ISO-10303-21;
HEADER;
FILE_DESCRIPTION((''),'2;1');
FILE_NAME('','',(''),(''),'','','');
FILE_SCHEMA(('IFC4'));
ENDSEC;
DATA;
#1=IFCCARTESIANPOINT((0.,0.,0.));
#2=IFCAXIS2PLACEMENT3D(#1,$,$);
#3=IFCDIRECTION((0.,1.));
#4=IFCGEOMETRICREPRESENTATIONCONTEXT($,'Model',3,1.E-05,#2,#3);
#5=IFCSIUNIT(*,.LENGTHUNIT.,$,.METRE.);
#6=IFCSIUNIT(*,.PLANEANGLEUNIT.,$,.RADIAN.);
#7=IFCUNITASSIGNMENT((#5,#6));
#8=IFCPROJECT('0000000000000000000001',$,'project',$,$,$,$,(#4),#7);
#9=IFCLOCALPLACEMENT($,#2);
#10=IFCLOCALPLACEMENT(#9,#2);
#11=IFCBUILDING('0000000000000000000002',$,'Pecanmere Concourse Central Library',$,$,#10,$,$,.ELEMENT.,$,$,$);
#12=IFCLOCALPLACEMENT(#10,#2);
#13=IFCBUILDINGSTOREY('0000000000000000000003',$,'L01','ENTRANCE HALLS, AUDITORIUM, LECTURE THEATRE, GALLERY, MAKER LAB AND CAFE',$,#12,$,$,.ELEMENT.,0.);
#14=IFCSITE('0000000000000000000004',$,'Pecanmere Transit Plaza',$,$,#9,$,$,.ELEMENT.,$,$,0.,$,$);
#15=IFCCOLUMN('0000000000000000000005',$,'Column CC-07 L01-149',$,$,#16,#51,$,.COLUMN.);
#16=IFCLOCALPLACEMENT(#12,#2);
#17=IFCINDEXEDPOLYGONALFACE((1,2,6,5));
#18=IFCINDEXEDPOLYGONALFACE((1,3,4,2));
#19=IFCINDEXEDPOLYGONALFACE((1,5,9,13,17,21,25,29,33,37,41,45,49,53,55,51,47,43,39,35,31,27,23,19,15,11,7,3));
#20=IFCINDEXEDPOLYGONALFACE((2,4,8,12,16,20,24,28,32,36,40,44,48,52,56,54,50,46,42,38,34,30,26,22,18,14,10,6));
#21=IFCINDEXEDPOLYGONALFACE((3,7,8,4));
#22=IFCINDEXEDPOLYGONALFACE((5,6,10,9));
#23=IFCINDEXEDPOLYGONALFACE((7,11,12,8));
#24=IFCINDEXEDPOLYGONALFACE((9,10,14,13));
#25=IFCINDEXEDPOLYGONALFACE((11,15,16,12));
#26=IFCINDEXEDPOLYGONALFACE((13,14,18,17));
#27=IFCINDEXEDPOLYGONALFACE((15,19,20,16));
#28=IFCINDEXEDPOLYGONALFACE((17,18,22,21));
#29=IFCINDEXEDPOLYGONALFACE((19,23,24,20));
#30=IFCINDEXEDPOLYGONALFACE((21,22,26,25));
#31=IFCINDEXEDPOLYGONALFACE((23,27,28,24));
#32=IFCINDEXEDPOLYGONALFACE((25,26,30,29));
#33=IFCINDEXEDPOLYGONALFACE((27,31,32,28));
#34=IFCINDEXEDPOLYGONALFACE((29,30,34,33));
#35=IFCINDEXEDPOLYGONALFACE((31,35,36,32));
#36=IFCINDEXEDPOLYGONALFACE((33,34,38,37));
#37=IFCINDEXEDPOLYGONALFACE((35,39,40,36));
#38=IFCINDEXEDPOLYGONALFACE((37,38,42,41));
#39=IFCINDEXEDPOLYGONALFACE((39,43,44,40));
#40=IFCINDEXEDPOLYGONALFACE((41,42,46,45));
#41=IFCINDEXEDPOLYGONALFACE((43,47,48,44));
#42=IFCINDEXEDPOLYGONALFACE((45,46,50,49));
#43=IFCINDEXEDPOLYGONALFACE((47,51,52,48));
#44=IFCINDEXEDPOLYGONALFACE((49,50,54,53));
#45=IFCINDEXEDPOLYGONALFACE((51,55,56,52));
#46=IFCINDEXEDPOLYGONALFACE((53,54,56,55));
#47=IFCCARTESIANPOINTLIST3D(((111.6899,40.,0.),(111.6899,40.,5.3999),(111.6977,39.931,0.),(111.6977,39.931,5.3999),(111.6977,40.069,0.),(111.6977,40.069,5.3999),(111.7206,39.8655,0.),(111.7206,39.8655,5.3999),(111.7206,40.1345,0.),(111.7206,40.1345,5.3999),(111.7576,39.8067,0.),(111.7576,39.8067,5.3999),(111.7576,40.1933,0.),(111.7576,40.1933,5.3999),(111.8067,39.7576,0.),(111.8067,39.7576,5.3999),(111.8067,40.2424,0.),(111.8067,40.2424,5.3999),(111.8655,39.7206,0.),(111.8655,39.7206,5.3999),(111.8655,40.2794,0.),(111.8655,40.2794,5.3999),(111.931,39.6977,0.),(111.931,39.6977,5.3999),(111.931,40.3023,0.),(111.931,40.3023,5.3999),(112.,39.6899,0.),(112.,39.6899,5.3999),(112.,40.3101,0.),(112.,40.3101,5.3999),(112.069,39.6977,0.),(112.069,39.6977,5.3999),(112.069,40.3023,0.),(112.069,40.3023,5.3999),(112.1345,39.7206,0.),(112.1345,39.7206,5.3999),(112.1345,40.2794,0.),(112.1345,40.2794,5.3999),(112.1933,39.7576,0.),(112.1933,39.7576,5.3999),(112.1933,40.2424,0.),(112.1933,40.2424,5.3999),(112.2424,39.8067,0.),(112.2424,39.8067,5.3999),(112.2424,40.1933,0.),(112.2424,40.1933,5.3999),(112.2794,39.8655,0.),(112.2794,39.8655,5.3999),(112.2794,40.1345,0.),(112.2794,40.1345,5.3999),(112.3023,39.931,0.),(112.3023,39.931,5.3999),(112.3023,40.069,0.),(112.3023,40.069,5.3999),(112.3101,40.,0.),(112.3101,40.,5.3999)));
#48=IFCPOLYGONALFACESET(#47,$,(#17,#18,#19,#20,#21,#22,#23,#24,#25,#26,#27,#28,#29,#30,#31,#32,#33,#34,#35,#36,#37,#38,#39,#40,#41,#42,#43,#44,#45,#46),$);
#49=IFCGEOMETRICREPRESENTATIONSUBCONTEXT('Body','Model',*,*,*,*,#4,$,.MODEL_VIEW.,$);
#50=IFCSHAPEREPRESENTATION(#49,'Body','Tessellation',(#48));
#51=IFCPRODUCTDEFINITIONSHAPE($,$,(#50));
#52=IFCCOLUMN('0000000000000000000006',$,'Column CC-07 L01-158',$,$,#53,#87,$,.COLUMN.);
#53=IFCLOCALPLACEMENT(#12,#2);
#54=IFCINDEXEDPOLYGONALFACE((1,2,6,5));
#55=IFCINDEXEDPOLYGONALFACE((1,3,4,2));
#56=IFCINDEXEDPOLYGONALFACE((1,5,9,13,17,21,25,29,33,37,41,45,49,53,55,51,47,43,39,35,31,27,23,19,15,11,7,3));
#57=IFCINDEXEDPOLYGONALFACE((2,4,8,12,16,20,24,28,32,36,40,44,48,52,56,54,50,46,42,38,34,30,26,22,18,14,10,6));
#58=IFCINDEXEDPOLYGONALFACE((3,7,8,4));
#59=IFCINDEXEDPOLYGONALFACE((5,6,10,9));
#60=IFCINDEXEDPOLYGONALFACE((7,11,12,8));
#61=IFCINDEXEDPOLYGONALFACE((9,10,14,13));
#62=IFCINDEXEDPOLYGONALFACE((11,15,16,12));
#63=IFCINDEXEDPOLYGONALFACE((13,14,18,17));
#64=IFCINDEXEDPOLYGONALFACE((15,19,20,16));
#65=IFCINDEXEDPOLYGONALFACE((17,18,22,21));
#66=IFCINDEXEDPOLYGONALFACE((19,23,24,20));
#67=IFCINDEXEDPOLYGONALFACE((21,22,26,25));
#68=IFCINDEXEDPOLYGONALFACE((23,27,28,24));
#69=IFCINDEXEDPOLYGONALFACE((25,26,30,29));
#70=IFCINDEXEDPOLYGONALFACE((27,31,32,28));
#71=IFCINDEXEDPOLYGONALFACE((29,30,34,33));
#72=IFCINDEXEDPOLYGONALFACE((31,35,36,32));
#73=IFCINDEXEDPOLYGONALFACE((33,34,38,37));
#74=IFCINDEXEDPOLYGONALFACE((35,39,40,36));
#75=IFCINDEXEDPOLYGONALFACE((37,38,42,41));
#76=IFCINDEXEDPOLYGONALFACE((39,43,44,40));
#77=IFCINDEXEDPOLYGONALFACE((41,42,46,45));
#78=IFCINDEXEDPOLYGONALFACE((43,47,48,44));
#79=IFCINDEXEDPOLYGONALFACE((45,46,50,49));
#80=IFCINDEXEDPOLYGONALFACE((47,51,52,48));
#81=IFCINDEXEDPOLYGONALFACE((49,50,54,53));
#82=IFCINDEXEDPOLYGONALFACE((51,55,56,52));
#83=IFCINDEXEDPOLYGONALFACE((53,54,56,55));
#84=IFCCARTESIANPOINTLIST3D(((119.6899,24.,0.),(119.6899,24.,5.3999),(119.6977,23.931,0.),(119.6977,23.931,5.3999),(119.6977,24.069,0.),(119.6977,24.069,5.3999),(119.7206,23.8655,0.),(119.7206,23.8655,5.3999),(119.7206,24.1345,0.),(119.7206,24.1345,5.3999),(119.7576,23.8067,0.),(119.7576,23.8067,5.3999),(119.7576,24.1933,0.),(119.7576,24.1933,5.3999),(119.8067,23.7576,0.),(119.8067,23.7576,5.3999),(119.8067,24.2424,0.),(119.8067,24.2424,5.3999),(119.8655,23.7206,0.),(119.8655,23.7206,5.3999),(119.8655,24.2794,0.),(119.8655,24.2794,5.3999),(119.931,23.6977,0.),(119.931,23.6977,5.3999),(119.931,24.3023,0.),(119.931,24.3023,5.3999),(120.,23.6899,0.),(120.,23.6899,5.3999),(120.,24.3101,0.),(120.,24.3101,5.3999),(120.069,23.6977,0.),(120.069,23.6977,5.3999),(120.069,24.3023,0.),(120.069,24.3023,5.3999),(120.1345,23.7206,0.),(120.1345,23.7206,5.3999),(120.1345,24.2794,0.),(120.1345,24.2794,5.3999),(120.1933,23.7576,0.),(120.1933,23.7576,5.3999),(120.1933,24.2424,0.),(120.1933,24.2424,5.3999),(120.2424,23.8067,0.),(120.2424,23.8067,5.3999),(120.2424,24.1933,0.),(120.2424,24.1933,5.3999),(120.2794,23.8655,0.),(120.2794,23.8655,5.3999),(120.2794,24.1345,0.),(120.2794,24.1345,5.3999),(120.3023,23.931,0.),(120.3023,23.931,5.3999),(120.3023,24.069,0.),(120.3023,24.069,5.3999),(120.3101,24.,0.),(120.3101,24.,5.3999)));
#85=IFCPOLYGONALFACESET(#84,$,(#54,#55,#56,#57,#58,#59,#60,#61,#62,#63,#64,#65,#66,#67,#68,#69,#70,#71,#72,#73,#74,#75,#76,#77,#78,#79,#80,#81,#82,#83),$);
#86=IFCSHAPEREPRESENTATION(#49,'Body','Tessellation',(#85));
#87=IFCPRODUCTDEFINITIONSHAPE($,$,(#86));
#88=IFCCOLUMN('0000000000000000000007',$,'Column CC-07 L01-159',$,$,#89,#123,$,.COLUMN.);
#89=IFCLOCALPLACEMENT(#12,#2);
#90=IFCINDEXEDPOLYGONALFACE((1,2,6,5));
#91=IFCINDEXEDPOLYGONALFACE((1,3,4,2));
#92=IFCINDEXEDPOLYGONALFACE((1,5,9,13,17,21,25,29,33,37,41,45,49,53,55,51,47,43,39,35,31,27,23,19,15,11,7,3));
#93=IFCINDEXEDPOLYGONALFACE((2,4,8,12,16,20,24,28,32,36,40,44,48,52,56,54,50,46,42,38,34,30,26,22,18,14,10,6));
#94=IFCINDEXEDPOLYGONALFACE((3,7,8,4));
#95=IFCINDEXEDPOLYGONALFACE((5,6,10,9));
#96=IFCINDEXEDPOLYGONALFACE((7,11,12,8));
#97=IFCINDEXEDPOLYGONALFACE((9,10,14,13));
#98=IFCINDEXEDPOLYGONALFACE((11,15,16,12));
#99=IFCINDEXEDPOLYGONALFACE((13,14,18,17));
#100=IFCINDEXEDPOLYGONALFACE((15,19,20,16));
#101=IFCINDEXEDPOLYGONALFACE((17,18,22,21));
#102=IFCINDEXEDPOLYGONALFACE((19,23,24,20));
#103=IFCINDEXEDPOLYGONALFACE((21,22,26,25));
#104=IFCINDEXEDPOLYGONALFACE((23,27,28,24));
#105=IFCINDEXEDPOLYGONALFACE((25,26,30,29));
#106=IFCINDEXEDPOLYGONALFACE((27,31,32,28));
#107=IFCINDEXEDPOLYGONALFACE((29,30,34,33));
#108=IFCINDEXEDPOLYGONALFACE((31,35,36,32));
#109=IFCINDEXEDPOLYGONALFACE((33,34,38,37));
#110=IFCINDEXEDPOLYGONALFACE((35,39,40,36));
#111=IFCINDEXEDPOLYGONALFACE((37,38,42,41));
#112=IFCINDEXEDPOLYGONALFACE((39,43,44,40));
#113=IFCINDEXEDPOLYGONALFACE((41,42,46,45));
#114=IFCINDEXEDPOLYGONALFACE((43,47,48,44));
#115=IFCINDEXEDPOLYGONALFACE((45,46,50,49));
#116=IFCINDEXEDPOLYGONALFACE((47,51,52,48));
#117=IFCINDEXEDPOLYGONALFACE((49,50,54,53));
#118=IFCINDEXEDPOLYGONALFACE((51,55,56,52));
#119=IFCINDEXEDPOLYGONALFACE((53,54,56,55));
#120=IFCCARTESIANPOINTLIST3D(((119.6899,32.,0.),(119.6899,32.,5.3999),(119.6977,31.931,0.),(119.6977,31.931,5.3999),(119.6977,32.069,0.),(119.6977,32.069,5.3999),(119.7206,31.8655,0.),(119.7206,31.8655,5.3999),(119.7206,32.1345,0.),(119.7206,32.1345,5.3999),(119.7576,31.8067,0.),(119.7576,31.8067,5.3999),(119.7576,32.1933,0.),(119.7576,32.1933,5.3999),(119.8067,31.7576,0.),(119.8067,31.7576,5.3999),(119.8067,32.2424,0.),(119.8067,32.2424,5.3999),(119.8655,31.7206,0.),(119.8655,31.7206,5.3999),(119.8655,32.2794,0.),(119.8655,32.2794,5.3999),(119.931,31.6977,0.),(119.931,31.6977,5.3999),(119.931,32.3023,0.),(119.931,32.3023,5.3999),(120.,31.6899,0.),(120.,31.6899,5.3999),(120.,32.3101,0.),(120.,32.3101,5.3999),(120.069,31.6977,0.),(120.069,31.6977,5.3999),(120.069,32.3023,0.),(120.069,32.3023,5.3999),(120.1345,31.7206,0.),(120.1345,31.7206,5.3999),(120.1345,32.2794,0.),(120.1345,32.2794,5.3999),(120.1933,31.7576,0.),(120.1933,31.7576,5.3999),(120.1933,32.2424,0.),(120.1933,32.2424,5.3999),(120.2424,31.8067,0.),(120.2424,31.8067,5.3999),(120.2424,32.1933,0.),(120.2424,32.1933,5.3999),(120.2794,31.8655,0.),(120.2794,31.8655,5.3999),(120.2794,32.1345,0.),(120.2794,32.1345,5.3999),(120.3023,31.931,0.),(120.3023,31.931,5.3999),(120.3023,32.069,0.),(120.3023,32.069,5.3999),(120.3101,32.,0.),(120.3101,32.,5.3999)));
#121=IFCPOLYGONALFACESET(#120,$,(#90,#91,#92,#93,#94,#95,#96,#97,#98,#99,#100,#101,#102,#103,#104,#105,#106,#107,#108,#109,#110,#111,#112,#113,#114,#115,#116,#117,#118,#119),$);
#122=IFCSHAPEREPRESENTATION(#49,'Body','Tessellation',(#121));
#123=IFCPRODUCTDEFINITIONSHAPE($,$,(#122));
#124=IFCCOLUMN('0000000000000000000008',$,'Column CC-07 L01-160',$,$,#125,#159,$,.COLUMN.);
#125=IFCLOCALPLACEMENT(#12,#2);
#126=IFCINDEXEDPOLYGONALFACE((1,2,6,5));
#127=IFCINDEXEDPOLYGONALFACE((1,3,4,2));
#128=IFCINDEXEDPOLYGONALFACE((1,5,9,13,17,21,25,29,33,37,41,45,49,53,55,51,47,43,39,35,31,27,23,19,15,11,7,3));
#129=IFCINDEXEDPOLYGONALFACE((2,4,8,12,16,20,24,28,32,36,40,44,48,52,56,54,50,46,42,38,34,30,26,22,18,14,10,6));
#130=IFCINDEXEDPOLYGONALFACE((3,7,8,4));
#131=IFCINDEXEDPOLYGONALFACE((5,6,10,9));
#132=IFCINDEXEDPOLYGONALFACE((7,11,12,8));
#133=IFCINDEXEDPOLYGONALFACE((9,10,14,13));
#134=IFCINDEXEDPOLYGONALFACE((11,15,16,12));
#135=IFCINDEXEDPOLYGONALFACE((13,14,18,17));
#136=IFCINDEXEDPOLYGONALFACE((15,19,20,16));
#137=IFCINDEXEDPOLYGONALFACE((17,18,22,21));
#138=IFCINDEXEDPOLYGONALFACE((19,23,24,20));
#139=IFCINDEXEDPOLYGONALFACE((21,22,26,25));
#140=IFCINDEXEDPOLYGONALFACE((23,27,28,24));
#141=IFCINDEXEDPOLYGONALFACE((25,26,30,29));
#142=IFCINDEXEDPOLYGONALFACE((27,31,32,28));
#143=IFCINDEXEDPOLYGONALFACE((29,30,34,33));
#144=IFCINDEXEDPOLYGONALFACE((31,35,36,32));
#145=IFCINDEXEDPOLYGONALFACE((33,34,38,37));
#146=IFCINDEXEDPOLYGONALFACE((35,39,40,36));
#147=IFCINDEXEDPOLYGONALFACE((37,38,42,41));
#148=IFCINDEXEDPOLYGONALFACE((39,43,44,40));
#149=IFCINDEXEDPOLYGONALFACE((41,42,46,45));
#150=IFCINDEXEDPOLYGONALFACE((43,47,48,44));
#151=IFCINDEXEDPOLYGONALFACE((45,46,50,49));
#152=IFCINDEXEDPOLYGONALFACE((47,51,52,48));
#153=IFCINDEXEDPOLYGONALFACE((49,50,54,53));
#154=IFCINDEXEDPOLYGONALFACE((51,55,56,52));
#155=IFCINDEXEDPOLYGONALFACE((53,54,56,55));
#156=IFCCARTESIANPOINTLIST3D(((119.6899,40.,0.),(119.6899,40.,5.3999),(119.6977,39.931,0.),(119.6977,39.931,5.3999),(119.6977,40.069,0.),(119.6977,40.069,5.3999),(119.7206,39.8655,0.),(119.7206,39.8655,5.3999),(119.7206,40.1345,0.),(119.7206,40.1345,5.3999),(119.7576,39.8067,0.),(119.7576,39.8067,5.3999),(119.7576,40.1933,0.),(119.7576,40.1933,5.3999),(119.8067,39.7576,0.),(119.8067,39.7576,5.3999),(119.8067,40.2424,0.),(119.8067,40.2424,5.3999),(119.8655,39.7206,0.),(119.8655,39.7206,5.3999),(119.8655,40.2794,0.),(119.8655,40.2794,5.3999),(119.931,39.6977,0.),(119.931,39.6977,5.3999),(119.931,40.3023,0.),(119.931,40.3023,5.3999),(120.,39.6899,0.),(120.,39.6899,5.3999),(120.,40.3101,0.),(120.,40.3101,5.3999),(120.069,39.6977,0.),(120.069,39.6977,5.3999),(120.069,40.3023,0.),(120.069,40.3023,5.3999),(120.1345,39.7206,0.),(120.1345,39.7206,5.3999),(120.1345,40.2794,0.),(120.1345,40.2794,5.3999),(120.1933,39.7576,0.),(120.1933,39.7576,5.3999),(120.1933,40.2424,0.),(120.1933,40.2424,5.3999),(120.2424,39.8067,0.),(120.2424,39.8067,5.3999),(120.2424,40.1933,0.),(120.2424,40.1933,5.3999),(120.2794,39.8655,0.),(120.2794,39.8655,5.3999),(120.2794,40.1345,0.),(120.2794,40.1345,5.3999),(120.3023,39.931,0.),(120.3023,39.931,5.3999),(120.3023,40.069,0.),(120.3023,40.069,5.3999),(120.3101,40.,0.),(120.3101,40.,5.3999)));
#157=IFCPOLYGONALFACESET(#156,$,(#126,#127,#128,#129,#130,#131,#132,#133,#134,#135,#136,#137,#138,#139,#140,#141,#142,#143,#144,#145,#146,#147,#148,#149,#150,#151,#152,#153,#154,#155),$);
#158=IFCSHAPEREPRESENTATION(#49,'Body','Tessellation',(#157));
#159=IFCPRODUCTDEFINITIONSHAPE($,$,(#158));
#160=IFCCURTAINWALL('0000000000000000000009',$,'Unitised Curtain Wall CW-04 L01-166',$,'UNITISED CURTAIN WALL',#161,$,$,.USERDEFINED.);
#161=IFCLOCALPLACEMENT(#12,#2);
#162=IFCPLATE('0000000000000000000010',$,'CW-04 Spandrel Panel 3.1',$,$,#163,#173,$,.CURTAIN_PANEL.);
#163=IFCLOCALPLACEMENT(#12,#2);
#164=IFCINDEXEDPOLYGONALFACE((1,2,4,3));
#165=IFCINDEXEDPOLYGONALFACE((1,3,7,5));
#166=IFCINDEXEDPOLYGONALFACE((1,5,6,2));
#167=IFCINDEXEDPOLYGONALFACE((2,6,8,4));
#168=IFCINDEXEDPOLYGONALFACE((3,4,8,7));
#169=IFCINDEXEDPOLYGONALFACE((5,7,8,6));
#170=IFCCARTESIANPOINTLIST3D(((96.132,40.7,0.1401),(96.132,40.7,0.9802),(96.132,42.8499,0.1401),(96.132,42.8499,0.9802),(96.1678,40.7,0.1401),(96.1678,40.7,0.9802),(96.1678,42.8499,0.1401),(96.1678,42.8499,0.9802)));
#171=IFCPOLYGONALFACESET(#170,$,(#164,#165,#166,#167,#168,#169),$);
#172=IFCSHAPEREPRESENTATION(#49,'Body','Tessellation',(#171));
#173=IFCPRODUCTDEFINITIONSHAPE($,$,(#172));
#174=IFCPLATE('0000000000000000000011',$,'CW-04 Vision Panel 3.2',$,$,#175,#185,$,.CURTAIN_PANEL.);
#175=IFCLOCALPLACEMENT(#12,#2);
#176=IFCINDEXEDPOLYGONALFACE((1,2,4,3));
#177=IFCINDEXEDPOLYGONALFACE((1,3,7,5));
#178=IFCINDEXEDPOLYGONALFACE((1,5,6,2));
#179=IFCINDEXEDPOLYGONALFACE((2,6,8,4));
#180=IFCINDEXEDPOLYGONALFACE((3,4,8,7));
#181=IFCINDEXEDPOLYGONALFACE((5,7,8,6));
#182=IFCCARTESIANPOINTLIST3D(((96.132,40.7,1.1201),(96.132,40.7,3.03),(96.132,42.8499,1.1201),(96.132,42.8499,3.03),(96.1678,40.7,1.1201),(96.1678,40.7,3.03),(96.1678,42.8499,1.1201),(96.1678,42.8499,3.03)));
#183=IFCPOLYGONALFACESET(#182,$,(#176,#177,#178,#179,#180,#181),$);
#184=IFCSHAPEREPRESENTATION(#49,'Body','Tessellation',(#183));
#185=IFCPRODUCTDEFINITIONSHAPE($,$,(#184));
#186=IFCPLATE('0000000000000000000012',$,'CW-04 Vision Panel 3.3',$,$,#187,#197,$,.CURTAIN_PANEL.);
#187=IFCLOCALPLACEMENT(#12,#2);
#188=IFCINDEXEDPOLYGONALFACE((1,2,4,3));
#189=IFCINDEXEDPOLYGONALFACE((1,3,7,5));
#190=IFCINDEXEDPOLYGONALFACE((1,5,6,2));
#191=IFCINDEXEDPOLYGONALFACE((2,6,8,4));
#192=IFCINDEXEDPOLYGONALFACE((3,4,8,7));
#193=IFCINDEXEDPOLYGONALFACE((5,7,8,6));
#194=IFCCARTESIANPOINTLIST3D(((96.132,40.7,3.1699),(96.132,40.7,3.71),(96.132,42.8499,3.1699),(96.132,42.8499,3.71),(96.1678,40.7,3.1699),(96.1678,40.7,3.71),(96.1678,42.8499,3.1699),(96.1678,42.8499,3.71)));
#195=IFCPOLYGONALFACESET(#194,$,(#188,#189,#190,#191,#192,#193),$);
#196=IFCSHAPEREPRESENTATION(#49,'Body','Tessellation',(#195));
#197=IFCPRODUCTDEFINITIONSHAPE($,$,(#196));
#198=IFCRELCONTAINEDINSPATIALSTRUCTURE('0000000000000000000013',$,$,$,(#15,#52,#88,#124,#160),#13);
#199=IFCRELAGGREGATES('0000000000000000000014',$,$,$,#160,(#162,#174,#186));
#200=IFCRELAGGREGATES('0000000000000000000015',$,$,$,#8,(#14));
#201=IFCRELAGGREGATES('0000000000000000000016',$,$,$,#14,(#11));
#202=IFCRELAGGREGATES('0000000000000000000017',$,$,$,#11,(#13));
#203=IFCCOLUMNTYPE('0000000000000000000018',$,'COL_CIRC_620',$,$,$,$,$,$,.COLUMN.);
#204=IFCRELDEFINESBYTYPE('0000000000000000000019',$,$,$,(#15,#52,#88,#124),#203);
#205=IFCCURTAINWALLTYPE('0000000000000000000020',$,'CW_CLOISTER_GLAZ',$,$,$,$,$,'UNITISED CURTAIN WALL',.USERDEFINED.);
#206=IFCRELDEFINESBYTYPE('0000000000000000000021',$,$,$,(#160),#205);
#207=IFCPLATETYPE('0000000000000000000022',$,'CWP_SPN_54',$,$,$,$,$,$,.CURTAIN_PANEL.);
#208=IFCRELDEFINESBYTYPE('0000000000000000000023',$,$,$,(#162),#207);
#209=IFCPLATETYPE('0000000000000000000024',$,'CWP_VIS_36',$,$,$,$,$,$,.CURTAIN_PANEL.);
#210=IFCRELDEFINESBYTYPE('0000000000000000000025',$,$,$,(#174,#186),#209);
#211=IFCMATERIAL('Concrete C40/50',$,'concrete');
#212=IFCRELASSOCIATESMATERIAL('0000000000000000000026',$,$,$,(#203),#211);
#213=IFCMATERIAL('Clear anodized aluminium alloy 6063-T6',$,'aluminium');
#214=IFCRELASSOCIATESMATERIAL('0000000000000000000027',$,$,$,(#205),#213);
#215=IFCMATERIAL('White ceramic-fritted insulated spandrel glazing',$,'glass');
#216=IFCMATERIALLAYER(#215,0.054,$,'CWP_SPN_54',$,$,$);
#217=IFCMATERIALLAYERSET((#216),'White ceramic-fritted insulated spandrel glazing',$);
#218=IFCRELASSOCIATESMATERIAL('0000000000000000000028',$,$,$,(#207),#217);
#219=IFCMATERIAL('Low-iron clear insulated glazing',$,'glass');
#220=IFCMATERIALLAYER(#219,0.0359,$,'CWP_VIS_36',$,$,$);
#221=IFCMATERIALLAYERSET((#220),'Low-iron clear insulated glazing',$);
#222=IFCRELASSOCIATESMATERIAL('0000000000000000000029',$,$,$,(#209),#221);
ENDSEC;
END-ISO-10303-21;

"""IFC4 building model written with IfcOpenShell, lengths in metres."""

from ifc_helpers import new_model, si_unit, direction, frame, origin, origin_2d, place, context, subcontext, project, spatial, rectangle, circle, extrude, material, layer, layer_set, material_profile, profile_set, type_object, element, aggregate, save


model = new_model("IFC4")

# Units and contexts
model_context = context("Model", 3, precision=1e-05, world=origin(), true_north=direction((0.0, 1.0)))
body_context = subcontext(model_context, "Body", "Model", "MODEL_VIEW")
ifc_project = project(units=[si_unit("LENGTHUNIT", "METRE"), si_unit("PLANEANGLEUNIT", "RADIAN")], contexts=[model_context])

# Site, building, storey
site_placement = place(None, origin())
site = spatial("IfcSite", under=ifc_project, at=site_placement, Name="Pecanmere Transit Plaza", CompositionType="ELEMENT", RefElevation=0.0)
building_placement = place(site_placement, origin())
building = spatial("IfcBuilding", under=site, at=building_placement, Name="Pecanmere Concourse Central Library", CompositionType="ELEMENT")
storey_placement = place(building_placement, origin())
storey = spatial("IfcBuildingStorey", under=building, at=storey_placement, Name="L01", Description="ENTRANCE HALLS, AUDITORIUM, LECTURE THEATRE, GALLERY, MAKER LAB AND CAFE", CompositionType="ELEMENT", Elevation=0.0)

# Columns
ifc_material_1 = material(Name="Concrete C40/50", Category="concrete")
ifc_material_profile = material_profile(ifc_material_1, circle(Radius=0.3101, at=origin_2d()), Name="RC D620")
ifc_profile_set = profile_set([ifc_material_profile], Name="Concrete C40/50")
column_type = type_object("IfcColumnType", Name="COL_CIRC_620", PredefinedType="COLUMN", material=ifc_profile_set)
for number, where, z_axis, x_axis, name in (
    (1, (112.0, 40.0, 0.0), (0.0, 0.0, 1.0), (1.0, 0.0, 0.0), "Column CC-07 L01-149"),
    (2, (120.0, 24.0, 0.0), (0.0, 0.0, 1.0), (1.0, 0.0, 0.0), "Column CC-07 L01-158"),
    (3, (120.0, 32.0, 0.0), (0.0, 0.0, 1.0), (1.0, 0.0, 0.0), "Column CC-07 L01-159"),
    (4, (120.0, 40.0, 0.0), (0.0, 0.0, 1.0), (1.0, 0.0, 0.0), "Column CC-07 L01-160"),
):
    element("IfcColumn", number, at=place(storey_placement, frame(where, z_axis=z_axis, x_axis=x_axis)), inside=storey, type_object=column_type, Name=name, PredefinedType="COLUMN", context=body_context, shape_type="SweptSolid", body=[
        extrude(circle(Radius=0.3101, at=origin_2d()), origin(), (0.0, 0.0, 1.0), 5.3999),
    ])

# Curtain wall, plates
ifc_material_2 = material(Name="Clear anodized aluminium alloy 6063-T6", Category="aluminium")
curtain_wall_type = type_object("IfcCurtainWallType", Name="CW_CLOISTER_GLAZ", ElementType="UNITISED CURTAIN WALL", PredefinedType="USERDEFINED", material=ifc_material_2)
curtain_wall_placement = place(storey_placement, origin())
curtain_wall = element("IfcCurtainWall", 5, at=curtain_wall_placement, inside=storey, type_object=curtain_wall_type, Name="Unitised Curtain Wall CW-04 L01-166", ObjectType="UNITISED CURTAIN WALL", PredefinedType="USERDEFINED")
ifc_material_3 = material(Name="White ceramic-fritted insulated spandrel glazing", Category="glass")
ifc_layer_1 = layer(ifc_material_3, 0.054, Name="CWP_SPN_54")
ifc_layer_set_1 = layer_set([ifc_layer_1], Name="White ceramic-fritted insulated spandrel glazing")
plate_type_1 = type_object("IfcPlateType", Name="CWP_SPN_54", PredefinedType="CURTAIN_PANEL", material=ifc_layer_set_1)
plate_1_placement = place(storey_placement, frame((96.1499, 41.7749, 0.1401), z_axis=(0.0, 0.0, 1.0), x_axis=(0.0, -1.0, 0.0)))
plate_1 = element("IfcPlate", 6, at=plate_1_placement, type_object=plate_type_1, Name="CW-04 Spandrel Panel 3.1", PredefinedType="CURTAIN_PANEL", context=body_context, shape_type="SweptSolid", body=[
    extrude(rectangle(XDim=2.1499, YDim=0.0359, at=origin_2d()), origin(), (0.0, 0.0, 1.0), 0.8401),
])
ifc_material_4 = material(Name="Low-iron clear insulated glazing", Category="glass")
ifc_layer_2 = layer(ifc_material_4, 0.0359, Name="CWP_VIS_36")
ifc_layer_set_2 = layer_set([ifc_layer_2], Name="Low-iron clear insulated glazing")
plate_type_2 = type_object("IfcPlateType", Name="CWP_VIS_36", PredefinedType="CURTAIN_PANEL", material=ifc_layer_set_2)
plate_2_placement = place(storey_placement, frame((96.1499, 41.7749, 1.1201), z_axis=(0.0, 0.0, 1.0), x_axis=(0.0, -1.0, 0.0)))
plate_2 = element("IfcPlate", 7, at=plate_2_placement, type_object=plate_type_2, Name="CW-04 Vision Panel 3.2", PredefinedType="CURTAIN_PANEL", context=body_context, shape_type="SweptSolid", body=[
    extrude(rectangle(XDim=2.1499, YDim=0.0359, at=origin_2d()), origin(), (0.0, 0.0, 1.0), 1.9099),
])
plate_3_placement = place(storey_placement, frame((96.1499, 41.7749, 3.1699), z_axis=(0.0, 0.0, 1.0), x_axis=(0.0, -1.0, 0.0)))
plate_3 = element("IfcPlate", 8, at=plate_3_placement, type_object=plate_type_2, Name="CW-04 Vision Panel 3.3", PredefinedType="CURTAIN_PANEL", context=body_context, shape_type="SweptSolid", body=[
    extrude(rectangle(XDim=2.1499, YDim=0.0359, at=origin_2d()), origin(), (0.0, 0.0, 1.0), 0.54),
])
aggregate(curtain_wall, [plate_1, plate_2, plate_3])

save(model, "model.ifc")
